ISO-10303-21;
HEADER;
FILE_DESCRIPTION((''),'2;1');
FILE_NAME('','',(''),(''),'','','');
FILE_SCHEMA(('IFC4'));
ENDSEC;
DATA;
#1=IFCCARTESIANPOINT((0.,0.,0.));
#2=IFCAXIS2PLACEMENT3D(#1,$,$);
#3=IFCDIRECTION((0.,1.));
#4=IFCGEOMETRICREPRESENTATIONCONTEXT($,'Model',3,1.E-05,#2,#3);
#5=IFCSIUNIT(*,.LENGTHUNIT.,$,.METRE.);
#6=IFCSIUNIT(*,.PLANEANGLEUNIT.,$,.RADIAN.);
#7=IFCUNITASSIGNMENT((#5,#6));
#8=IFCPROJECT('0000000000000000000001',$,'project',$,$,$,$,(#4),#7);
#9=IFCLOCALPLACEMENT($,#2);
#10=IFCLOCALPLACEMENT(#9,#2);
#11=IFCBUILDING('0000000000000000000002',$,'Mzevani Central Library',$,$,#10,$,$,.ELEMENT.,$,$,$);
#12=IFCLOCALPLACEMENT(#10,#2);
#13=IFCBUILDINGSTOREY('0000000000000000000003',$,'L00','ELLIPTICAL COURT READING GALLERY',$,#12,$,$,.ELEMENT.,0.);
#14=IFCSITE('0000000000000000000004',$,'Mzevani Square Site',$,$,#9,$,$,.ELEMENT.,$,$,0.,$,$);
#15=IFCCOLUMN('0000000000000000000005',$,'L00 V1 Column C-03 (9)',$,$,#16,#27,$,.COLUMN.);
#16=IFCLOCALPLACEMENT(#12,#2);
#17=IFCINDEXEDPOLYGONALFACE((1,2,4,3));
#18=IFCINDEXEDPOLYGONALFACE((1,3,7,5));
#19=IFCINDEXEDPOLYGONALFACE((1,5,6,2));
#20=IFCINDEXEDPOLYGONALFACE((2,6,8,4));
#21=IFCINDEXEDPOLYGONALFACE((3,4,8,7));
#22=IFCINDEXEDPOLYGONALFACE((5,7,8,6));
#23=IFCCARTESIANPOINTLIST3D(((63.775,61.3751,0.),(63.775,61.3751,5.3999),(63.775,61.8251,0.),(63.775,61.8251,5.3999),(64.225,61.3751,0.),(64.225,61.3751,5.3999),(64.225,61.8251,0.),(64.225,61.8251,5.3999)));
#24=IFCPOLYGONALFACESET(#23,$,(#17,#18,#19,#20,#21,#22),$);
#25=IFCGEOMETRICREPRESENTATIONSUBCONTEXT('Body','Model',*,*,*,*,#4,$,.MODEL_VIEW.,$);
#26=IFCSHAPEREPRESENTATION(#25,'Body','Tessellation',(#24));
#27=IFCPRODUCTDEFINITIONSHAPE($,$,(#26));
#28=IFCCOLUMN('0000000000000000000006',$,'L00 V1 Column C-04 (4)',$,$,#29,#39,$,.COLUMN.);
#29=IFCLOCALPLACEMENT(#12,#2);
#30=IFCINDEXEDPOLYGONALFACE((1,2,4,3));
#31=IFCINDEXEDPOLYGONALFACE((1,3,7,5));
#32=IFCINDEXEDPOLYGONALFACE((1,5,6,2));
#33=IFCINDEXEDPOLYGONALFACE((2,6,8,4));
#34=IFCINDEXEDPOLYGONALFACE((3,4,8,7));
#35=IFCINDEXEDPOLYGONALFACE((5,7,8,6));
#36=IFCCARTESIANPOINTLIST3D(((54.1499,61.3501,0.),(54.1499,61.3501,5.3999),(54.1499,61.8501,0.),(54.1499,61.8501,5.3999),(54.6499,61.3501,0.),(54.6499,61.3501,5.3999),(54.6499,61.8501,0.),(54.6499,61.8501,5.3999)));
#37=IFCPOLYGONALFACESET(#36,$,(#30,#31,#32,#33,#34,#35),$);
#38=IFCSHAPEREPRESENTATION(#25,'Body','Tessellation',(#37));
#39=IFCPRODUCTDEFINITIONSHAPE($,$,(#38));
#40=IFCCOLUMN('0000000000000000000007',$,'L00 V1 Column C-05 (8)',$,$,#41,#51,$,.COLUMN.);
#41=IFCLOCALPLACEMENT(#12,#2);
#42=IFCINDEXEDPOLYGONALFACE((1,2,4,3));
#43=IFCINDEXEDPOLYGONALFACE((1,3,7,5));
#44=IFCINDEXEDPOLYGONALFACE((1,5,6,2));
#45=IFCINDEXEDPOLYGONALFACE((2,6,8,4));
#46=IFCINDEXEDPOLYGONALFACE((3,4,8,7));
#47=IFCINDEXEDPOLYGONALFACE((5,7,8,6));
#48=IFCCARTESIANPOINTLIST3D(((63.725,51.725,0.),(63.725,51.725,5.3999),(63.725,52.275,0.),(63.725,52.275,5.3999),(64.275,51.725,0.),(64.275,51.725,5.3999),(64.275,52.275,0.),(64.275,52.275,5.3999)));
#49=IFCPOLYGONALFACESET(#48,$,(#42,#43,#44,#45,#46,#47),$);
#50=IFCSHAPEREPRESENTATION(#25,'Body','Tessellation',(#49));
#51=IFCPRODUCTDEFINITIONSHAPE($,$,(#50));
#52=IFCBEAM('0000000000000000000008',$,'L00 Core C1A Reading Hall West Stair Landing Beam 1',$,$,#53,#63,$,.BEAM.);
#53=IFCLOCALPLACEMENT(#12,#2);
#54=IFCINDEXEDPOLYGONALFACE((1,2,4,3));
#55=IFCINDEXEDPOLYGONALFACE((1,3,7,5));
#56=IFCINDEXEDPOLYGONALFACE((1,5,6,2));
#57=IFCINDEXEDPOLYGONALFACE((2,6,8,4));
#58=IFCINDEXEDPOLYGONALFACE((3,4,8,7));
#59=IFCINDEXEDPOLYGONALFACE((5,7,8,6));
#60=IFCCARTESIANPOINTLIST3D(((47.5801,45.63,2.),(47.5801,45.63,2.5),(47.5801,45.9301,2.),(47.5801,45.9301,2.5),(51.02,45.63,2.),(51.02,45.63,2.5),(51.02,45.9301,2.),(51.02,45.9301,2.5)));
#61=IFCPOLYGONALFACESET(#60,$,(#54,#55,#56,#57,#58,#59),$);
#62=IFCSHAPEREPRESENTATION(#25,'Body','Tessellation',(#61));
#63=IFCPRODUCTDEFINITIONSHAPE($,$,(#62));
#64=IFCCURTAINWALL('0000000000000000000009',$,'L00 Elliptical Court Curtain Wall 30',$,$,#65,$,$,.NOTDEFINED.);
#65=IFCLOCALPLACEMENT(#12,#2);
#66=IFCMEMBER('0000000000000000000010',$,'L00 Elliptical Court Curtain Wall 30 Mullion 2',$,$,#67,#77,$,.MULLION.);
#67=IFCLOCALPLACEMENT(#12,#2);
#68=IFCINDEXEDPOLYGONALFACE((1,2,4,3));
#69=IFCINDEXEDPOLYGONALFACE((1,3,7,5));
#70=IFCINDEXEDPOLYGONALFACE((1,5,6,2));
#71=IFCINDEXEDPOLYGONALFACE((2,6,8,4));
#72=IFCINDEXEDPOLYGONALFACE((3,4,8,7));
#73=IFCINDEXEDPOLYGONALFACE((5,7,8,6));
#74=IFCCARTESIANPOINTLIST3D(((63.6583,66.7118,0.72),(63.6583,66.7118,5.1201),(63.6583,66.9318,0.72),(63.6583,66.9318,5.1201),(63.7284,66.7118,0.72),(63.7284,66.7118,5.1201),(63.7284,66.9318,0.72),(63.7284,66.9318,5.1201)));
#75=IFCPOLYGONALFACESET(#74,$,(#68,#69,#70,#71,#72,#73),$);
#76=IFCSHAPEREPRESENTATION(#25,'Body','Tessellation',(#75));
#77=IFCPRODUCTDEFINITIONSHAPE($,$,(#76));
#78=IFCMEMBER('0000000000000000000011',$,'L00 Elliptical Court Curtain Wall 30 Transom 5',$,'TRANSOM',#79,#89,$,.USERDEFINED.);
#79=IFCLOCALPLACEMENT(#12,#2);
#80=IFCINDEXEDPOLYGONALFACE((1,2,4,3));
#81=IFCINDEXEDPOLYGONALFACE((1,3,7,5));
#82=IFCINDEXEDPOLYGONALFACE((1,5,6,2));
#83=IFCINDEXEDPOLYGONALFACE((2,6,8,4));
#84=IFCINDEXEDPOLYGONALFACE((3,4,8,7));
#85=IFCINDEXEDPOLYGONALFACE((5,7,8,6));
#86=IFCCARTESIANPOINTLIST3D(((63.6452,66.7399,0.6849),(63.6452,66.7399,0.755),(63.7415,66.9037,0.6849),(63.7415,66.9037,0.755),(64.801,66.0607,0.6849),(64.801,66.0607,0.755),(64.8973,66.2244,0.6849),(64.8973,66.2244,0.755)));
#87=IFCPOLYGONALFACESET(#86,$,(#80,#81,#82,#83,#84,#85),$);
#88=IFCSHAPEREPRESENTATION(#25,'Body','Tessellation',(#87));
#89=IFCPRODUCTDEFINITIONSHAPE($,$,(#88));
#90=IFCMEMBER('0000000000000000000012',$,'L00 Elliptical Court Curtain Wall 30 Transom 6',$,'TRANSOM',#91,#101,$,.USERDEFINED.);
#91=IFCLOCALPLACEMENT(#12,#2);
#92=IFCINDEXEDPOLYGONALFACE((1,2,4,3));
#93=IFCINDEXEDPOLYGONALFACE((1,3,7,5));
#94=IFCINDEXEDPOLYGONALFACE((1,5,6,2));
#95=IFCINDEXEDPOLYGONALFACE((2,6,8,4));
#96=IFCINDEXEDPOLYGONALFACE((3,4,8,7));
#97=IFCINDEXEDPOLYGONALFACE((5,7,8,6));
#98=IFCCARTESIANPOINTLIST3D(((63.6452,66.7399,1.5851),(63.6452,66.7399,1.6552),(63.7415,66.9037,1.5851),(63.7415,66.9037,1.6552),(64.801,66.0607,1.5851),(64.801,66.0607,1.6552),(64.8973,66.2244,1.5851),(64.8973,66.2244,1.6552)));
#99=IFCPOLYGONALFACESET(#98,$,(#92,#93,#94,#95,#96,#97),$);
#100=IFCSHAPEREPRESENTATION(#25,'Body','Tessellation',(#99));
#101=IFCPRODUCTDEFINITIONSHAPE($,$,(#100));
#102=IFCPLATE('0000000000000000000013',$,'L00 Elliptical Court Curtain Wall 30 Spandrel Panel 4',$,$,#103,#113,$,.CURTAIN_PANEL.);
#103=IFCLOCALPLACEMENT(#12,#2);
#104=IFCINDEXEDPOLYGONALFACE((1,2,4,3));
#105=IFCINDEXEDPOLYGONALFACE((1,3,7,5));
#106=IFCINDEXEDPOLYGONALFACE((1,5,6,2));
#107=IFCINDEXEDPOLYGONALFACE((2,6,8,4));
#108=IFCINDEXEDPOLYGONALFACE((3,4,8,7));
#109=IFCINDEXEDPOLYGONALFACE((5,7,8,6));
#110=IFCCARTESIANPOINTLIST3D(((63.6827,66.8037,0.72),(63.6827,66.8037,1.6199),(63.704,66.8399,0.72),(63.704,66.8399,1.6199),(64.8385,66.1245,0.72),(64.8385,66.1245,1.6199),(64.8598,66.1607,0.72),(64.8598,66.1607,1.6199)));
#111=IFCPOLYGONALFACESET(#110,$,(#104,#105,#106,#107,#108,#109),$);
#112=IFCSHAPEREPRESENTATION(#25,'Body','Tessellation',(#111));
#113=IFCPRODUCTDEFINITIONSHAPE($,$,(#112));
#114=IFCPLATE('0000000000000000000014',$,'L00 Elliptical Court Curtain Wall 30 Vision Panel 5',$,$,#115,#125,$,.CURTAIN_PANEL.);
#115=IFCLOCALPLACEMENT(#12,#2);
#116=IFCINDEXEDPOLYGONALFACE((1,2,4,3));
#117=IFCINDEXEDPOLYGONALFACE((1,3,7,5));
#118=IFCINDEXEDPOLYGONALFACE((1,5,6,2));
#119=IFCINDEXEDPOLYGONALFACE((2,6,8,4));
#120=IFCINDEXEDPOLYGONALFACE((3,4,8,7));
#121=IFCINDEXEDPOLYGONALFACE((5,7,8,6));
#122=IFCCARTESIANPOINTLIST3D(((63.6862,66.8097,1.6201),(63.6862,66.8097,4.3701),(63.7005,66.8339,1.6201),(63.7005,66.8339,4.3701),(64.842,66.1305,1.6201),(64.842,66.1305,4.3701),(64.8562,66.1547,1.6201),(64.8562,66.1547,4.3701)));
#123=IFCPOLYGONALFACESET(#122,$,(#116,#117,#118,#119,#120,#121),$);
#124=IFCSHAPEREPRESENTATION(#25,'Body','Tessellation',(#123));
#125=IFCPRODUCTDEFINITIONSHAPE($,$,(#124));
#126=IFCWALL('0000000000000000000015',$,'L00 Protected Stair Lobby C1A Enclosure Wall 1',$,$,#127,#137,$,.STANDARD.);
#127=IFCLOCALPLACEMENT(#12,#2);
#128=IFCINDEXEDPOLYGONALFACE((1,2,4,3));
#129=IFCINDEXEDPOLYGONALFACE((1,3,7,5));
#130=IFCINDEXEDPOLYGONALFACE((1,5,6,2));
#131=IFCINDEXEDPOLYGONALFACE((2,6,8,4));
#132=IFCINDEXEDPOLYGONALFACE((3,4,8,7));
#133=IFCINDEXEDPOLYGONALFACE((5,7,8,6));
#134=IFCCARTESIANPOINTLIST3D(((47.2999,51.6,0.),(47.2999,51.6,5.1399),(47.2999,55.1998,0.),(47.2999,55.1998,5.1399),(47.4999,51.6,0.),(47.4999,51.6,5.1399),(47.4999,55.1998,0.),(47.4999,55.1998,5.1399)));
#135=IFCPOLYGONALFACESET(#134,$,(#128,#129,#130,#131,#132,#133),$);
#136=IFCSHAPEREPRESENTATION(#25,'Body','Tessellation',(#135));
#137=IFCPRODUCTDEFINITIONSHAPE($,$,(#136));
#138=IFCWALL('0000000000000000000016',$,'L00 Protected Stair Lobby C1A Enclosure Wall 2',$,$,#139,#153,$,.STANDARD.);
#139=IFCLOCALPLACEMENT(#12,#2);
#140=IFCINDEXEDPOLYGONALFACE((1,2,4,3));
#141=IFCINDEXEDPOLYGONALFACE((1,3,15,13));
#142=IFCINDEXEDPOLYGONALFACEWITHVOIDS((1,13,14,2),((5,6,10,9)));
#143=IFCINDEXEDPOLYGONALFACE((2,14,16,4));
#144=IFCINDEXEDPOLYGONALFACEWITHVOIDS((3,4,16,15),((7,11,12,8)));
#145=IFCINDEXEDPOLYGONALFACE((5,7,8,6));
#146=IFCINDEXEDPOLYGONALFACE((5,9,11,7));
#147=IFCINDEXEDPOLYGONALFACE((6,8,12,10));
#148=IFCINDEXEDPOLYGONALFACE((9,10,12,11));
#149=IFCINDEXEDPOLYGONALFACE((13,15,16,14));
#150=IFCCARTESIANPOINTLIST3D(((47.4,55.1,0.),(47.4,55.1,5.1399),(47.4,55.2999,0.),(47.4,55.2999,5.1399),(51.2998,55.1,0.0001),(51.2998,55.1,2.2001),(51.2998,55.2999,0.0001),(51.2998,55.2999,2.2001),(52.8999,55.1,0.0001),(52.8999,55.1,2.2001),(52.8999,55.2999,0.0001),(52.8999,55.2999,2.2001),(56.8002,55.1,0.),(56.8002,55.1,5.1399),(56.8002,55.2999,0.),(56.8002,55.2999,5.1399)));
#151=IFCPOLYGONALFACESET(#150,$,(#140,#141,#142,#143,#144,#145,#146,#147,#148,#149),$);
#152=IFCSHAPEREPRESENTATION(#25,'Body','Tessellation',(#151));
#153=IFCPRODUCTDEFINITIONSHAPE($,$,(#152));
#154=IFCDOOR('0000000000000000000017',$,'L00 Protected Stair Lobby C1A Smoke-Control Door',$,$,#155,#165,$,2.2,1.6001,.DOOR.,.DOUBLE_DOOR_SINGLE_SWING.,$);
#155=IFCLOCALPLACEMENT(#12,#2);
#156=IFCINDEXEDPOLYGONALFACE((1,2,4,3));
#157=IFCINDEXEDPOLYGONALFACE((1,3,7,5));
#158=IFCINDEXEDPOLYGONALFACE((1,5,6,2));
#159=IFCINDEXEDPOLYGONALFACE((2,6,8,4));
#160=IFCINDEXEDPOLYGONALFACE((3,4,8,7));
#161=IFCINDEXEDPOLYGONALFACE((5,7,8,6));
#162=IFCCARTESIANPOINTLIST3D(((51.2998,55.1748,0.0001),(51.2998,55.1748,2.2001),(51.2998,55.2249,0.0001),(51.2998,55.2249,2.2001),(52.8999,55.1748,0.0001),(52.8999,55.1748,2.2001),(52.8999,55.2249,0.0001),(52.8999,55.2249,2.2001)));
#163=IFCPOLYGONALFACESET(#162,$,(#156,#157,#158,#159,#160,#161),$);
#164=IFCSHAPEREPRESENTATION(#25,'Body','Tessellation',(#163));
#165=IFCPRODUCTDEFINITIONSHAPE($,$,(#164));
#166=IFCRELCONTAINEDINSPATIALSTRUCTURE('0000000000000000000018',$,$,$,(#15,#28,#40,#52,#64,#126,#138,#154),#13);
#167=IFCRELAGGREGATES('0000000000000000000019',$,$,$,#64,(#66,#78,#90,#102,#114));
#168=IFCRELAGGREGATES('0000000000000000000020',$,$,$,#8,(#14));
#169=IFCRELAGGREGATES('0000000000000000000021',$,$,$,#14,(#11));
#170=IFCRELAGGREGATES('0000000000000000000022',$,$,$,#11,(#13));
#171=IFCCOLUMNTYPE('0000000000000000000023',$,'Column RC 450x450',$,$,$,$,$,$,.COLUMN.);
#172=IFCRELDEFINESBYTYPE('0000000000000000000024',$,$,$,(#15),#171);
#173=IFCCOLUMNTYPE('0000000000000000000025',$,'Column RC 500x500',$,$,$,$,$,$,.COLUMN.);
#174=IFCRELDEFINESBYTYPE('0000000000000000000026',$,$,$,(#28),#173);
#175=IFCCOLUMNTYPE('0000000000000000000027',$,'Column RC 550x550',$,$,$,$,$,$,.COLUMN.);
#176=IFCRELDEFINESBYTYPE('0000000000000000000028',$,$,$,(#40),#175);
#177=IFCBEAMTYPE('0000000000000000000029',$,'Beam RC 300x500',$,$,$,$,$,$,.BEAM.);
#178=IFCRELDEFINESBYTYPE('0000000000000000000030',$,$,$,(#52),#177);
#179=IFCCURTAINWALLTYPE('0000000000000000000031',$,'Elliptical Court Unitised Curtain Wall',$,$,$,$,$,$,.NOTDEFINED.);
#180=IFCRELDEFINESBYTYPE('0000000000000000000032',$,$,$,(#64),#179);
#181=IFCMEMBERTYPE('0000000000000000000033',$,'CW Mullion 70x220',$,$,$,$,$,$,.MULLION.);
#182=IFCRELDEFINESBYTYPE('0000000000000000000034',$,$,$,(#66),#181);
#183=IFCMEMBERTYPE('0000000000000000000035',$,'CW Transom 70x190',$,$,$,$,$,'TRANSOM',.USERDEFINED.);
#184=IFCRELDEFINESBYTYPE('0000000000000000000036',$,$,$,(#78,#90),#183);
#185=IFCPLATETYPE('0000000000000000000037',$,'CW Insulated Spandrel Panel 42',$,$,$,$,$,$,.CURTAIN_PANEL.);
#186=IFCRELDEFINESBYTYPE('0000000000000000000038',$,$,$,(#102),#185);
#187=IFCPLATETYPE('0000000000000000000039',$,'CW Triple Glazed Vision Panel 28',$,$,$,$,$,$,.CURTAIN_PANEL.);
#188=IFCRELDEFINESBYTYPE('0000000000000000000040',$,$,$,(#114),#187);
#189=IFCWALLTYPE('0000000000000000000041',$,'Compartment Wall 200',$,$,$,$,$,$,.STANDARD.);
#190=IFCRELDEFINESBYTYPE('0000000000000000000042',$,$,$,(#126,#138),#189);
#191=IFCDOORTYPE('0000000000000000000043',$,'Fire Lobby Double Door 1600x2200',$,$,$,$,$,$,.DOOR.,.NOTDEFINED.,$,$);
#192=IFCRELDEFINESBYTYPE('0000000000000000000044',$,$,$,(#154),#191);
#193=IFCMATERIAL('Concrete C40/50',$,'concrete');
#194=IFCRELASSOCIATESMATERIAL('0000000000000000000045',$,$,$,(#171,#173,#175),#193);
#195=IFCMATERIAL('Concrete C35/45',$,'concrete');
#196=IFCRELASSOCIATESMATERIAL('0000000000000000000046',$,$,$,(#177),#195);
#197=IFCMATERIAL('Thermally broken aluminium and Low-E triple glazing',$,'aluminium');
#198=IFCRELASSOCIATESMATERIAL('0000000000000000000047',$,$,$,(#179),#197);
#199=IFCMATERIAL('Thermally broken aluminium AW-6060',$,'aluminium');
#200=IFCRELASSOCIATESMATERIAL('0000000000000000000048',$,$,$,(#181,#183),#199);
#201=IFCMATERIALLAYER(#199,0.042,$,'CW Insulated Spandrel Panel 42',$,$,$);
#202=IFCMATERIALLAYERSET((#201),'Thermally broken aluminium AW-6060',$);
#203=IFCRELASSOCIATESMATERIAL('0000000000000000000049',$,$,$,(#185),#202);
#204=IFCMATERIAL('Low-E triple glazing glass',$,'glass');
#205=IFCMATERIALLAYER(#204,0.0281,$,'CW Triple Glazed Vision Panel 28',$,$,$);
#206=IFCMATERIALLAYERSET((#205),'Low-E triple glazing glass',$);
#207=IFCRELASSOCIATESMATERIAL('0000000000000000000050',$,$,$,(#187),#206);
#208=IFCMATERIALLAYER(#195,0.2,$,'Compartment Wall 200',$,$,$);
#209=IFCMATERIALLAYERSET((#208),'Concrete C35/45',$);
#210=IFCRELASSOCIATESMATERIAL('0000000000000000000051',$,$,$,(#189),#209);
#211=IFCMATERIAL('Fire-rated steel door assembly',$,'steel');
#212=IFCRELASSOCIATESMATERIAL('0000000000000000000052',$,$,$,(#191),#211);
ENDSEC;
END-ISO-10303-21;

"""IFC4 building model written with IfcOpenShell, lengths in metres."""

from ifc_helpers import new_model, si_unit, direction, frame, frame_2d, origin, origin_2d, place, context, subcontext, project, spatial, rectangle, extrude, material, layer, layer_set, material_profile, profile_set, type_object, element, fill, aggregate, save


model = new_model("IFC4")

# Units and contexts
model_context = context("Model", 3, precision=1e-05, world=origin(), true_north=direction((0.0, 1.0)))
body_context = subcontext(model_context, "Body", "Model", "MODEL_VIEW")
ifc_project = project(units=[si_unit("LENGTHUNIT", "METRE"), si_unit("PLANEANGLEUNIT", "RADIAN")], contexts=[model_context])

# Site, building, storey
site_placement = place(None, origin())
site = spatial("IfcSite", under=ifc_project, at=site_placement, Name="Mzevani Square Site", CompositionType="ELEMENT", RefElevation=0.0)
building_placement = place(site_placement, origin())
building = spatial("IfcBuilding", under=site, at=building_placement, Name="Mzevani Central Library", CompositionType="ELEMENT")
storey_placement = place(building_placement, origin())
storey = spatial("IfcBuildingStorey", under=building, at=storey_placement, Name="L00", Description="ELLIPTICAL COURT READING GALLERY", CompositionType="ELEMENT", Elevation=0.0)

# Columns
ifc_material_1 = material(Name="Concrete C40/50", Category="concrete")
ifc_material_profile_1 = material_profile(ifc_material_1, rectangle(XDim=0.45, YDim=0.45, at=origin_2d()), Name="RC 450x450")
ifc_profile_set_1 = profile_set([ifc_material_profile_1], Name="Concrete C40/50")
column_type_1 = type_object("IfcColumnType", Name="Column RC 450x450", PredefinedType="COLUMN", material=ifc_profile_set_1)
column_1_placement = place(storey_placement, frame((64.0, 61.6001, 0.0), z_axis=(0.0, 0.0, 1.0), x_axis=(1.0, 0.0, 0.0)))
element("IfcColumn", 1, at=column_1_placement, inside=storey, type_object=column_type_1, Name="L00 V1 Column C-03 (9)", PredefinedType="COLUMN", context=body_context, shape_type="SweptSolid", body=[
    extrude(rectangle(XDim=0.45, YDim=0.45, at=origin_2d()), origin(), (0.0, 0.0, 1.0), 5.3999),
])
ifc_material_profile_2 = material_profile(ifc_material_1, rectangle(XDim=0.5, YDim=0.5, at=origin_2d()), Name="RC 500x500")
ifc_profile_set_2 = profile_set([ifc_material_profile_2], Name="Concrete C40/50")
column_type_2 = type_object("IfcColumnType", Name="Column RC 500x500", PredefinedType="COLUMN", material=ifc_profile_set_2)
column_2_placement = place(storey_placement, frame((54.3999, 61.6001, 0.0), z_axis=(0.0, 0.0, 1.0), x_axis=(1.0, 0.0, 0.0)))
element("IfcColumn", 2, at=column_2_placement, inside=storey, type_object=column_type_2, Name="L00 V1 Column C-04 (4)", PredefinedType="COLUMN", context=body_context, shape_type="SweptSolid", body=[
    extrude(rectangle(XDim=0.5, YDim=0.5, at=origin_2d()), origin(), (0.0, 0.0, 1.0), 5.3999),
])
ifc_material_profile_3 = material_profile(ifc_material_1, rectangle(XDim=0.55, YDim=0.55, at=origin_2d()), Name="RC 550x550")
ifc_profile_set_3 = profile_set([ifc_material_profile_3], Name="Concrete C40/50")
column_type_3 = type_object("IfcColumnType", Name="Column RC 550x550", PredefinedType="COLUMN", material=ifc_profile_set_3)
column_3_placement = place(storey_placement, frame((64.0, 52.0, 0.0), z_axis=(0.0, 0.0, 1.0), x_axis=(1.0, 0.0, 0.0)))
element("IfcColumn", 3, at=column_3_placement, inside=storey, type_object=column_type_3, Name="L00 V1 Column C-05 (8)", PredefinedType="COLUMN", context=body_context, shape_type="SweptSolid", body=[
    extrude(rectangle(XDim=0.55, YDim=0.55, at=origin_2d()), origin(), (0.0, 0.0, 1.0), 5.3999),
])

# Beam
ifc_material_2 = material(Name="Concrete C35/45", Category="concrete")
ifc_material_profile_4 = material_profile(ifc_material_2, rectangle(XDim=0.3, YDim=0.5, at=origin_2d()), Name="RC B300x500")
ifc_profile_set_4 = profile_set([ifc_material_profile_4], Name="Concrete C35/45")
beam_type = type_object("IfcBeamType", Name="Beam RC 300x500", PredefinedType="BEAM", material=ifc_profile_set_4)
beam_placement = place(storey_placement, frame((47.5801, 45.78, 2.25), z_axis=(1.0, 0.0, 0.0), x_axis=(0.0, 1.0, 0.0)))
element("IfcBeam", 4, at=beam_placement, inside=storey, type_object=beam_type, Name="L00 Core C1A Reading Hall West Stair Landing Beam 1", PredefinedType="BEAM", context=body_context, shape_type="SweptSolid", body=[
    extrude(rectangle(XDim=0.3, YDim=0.5, at=origin_2d()), origin(), (0.0, 0.0, 1.0), 3.4399),
])

# Curtain wall, members, plates
ifc_material_3 = material(Name="Thermally broken aluminium and Low-E triple glazing", Category="aluminium")
curtain_wall_type = type_object("IfcCurtainWallType", Name="Elliptical Court Unitised Curtain Wall", PredefinedType="NOTDEFINED", material=ifc_material_3)
curtain_wall_placement = place(storey_placement, origin())
curtain_wall = element("IfcCurtainWall", 5, at=curtain_wall_placement, inside=storey, type_object=curtain_wall_type, Name="L00 Elliptical Court Curtain Wall 30", PredefinedType="NOTDEFINED")
ifc_material_4 = material(Name="Thermally broken aluminium AW-6060", Category="aluminium")
ifc_material_profile_5 = material_profile(ifc_material_4, rectangle(XDim=0.0701, YDim=0.22, at=origin_2d()), Name="ALU M70x220")
ifc_profile_set_5 = profile_set([ifc_material_profile_5], Name="Thermally broken aluminium AW-6060")
member_type_1 = type_object("IfcMemberType", Name="CW Mullion 70x220", PredefinedType="MULLION", material=ifc_profile_set_5)
member_1_placement = place(storey_placement, frame((63.6934, 66.8218, 0.72), z_axis=(0.0, 0.0, 1.0), x_axis=(1.0, 0.0, 0.0)))
member_1 = element("IfcMember", 6, at=member_1_placement, type_object=member_type_1, Name="L00 Elliptical Court Curtain Wall 30 Mullion 2", PredefinedType="MULLION", context=body_context, shape_type="SweptSolid", body=[
    extrude(rectangle(XDim=0.0701, YDim=0.22, at=origin_2d()), origin(), (0.0, 0.0, 1.0), 4.4001),
])
ifc_material_profile_6 = material_profile(ifc_material_4, rectangle(XDim=0.1899, YDim=0.0701, at=origin_2d()), Name="ALU T70x190")
ifc_profile_set_6 = profile_set([ifc_material_profile_6], Name="Thermally broken aluminium AW-6060")
member_type_2 = type_object("IfcMemberType", Name="CW Transom 70x190", ElementType="TRANSOM", PredefinedType="USERDEFINED", material=ifc_profile_set_6)
member_2_placement = place(storey_placement, frame((63.6934, 66.8218, 0.72), z_axis=(0.862149, -0.506654, 0.0), x_axis=(0.506654, 0.862149, 0.0)))
member_2 = element("IfcMember", 7, at=member_2_placement, type_object=member_type_2, Name="L00 Elliptical Court Curtain Wall 30 Transom 5", ObjectType="TRANSOM", PredefinedType="USERDEFINED", context=body_context, shape_type="SweptSolid", body=[
    extrude(rectangle(XDim=0.1899, YDim=0.0701, at=origin_2d()), origin(), (0.0, 0.0, 1.0), 1.3406),
])
member_3_placement = place(storey_placement, frame((63.6934, 66.8218, 1.6201), z_axis=(0.862149, -0.506654, 0.0), x_axis=(0.506654, 0.862149, 0.0)))
member_3 = element("IfcMember", 8, at=member_3_placement, type_object=member_type_2, Name="L00 Elliptical Court Curtain Wall 30 Transom 6", ObjectType="TRANSOM", PredefinedType="USERDEFINED", context=body_context, shape_type="SweptSolid", body=[
    extrude(rectangle(XDim=0.1899, YDim=0.0701, at=origin_2d()), origin(), (0.0, 0.0, 1.0), 1.3406),
])
ifc_layer_1 = layer(ifc_material_4, 0.042, Name="CW Insulated Spandrel Panel 42")
ifc_layer_set_1 = layer_set([ifc_layer_1], Name="Thermally broken aluminium AW-6060")
plate_type_1 = type_object("IfcPlateType", Name="CW Insulated Spandrel Panel 42", PredefinedType="CURTAIN_PANEL", material=ifc_layer_set_1)
plate_1_placement = place(storey_placement, frame((64.2712, 66.4822, 0.72), z_axis=(0.0, 0.0, 1.0), x_axis=(0.862137, -0.506675, 0.0)))
plate_1 = element("IfcPlate", 9, at=plate_1_placement, type_object=plate_type_1, Name="L00 Elliptical Court Curtain Wall 30 Spandrel Panel 4", PredefinedType="CURTAIN_PANEL", context=body_context, shape_type="SweptSolid", body=[
    extrude(rectangle(XDim=1.3406, YDim=0.042, at=origin_2d()), origin(), (0.0, 0.0, 1.0), 0.8999),
])
ifc_material_5 = material(Name="Low-E triple glazing glass", Category="glass")
ifc_layer_2 = layer(ifc_material_5, 0.0281, Name="CW Triple Glazed Vision Panel 28")
ifc_layer_set_2 = layer_set([ifc_layer_2], Name="Low-E triple glazing glass")
plate_type_2 = type_object("IfcPlateType", Name="CW Triple Glazed Vision Panel 28", PredefinedType="CURTAIN_PANEL", material=ifc_layer_set_2)
plate_2_placement = place(storey_placement, frame((64.2712, 66.4822, 1.6201), z_axis=(0.0, 0.0, 1.0), x_axis=(0.862137, -0.506675, 0.0)))
plate_2 = element("IfcPlate", 10, at=plate_2_placement, type_object=plate_type_2, Name="L00 Elliptical Court Curtain Wall 30 Vision Panel 5", PredefinedType="CURTAIN_PANEL", context=body_context, shape_type="SweptSolid", body=[
    extrude(rectangle(XDim=1.3406, YDim=0.0281, at=origin_2d()), origin(), (0.0, 0.0, 1.0), 2.75),
])
aggregate(curtain_wall, [member_1, member_2, member_3, plate_1, plate_2])

# Wall
ifc_layer_3 = layer(ifc_material_2, 0.2, Name="Compartment Wall 200")
ifc_layer_set_3 = layer_set([ifc_layer_3], Name="Concrete C35/45")
wall_type_1 = type_object("IfcWallType", Name="Compartment Wall 200", PredefinedType="STANDARD", material=ifc_layer_set_3)
wall_1_placement = place(storey_placement, frame((47.3999, 51.6001, 0.0), z_axis=(0.0, 0.0, 1.0), x_axis=(0.0, 1.0, 0.0)))
element("IfcWall", 11, at=wall_1_placement, inside=storey, type_object=wall_type_1, Name="L00 Protected Stair Lobby C1A Enclosure Wall 1", PredefinedType="STANDARD", context=body_context, shape_type="SweptSolid", body=[
    extrude(rectangle(XDim=3.5999, YDim=0.2, at=frame_2d((1.7998, 0.0))), origin(), (0.0, 0.0, 1.0), 5.1399),
])

# Wall, opening, door
wall_2_placement = place(storey_placement, frame((47.3999, 55.2, 0.0), z_axis=(0.0, 0.0, 1.0), x_axis=(1.0, 0.0, 0.0)))
wall_2 = element("IfcWall", 12, at=wall_2_placement, inside=storey, type_object=wall_type_1, Name="L00 Protected Stair Lobby C1A Enclosure Wall 2", PredefinedType="STANDARD", context=body_context, shape_type="SweptSolid", body=[
    extrude(rectangle(XDim=9.4001, YDim=0.2, at=frame_2d((4.7002, 0.0))), origin(), (0.0, 0.0, 1.0), 5.1399),
])
opening_1_placement = place(wall_2_placement, frame((3.8999, 0.0, 0.0)))
opening_1 = element("IfcOpeningElement", 13, at=opening_1_placement, cuts=wall_2, PredefinedType="OPENING", context=body_context, shape_type="SweptSolid", body=[
    extrude(rectangle(XDim=1.6001, YDim=2.2, at=frame_2d((0.8, 1.1001))), frame((0.0, 0.1099, 0.0), z_axis=(0.0, -1.0, 0.0), x_axis=(1.0, 0.0, 0.0)), (0.0, 0.0, 1.0), 0.22),
])
ifc_material_6 = material(Name="Fire-rated steel door assembly", Category="steel")
door_type_1 = type_object("IfcDoorType", Name="Fire Lobby Double Door 1600x2200", OperationType="NOTDEFINED", PredefinedType="DOOR", material=ifc_material_6)
door_1_placement = place(opening_1_placement, origin())
door_1 = element("IfcDoor", 14, at=door_1_placement, inside=storey, type_object=door_type_1, Name="L00 Protected Stair Lobby C1A Smoke-Control Door", OperationType="DOUBLE_DOOR_SINGLE_SWING", OverallHeight=2.2, OverallWidth=1.6001, PredefinedType="DOOR", context=body_context, shape_type="SweptSolid", body=[
    extrude(rectangle(XDim=1.6001, YDim=2.2, at=frame_2d((0.8, 1.1001))), frame((0.0, 0.0249, 0.0), z_axis=(0.0, -1.0, 0.0), x_axis=(1.0, 0.0, 0.0)), (0.0, 0.0, 1.0), 0.05),
])
fill(opening_1, door_1)

save(model, "model.ifc")
